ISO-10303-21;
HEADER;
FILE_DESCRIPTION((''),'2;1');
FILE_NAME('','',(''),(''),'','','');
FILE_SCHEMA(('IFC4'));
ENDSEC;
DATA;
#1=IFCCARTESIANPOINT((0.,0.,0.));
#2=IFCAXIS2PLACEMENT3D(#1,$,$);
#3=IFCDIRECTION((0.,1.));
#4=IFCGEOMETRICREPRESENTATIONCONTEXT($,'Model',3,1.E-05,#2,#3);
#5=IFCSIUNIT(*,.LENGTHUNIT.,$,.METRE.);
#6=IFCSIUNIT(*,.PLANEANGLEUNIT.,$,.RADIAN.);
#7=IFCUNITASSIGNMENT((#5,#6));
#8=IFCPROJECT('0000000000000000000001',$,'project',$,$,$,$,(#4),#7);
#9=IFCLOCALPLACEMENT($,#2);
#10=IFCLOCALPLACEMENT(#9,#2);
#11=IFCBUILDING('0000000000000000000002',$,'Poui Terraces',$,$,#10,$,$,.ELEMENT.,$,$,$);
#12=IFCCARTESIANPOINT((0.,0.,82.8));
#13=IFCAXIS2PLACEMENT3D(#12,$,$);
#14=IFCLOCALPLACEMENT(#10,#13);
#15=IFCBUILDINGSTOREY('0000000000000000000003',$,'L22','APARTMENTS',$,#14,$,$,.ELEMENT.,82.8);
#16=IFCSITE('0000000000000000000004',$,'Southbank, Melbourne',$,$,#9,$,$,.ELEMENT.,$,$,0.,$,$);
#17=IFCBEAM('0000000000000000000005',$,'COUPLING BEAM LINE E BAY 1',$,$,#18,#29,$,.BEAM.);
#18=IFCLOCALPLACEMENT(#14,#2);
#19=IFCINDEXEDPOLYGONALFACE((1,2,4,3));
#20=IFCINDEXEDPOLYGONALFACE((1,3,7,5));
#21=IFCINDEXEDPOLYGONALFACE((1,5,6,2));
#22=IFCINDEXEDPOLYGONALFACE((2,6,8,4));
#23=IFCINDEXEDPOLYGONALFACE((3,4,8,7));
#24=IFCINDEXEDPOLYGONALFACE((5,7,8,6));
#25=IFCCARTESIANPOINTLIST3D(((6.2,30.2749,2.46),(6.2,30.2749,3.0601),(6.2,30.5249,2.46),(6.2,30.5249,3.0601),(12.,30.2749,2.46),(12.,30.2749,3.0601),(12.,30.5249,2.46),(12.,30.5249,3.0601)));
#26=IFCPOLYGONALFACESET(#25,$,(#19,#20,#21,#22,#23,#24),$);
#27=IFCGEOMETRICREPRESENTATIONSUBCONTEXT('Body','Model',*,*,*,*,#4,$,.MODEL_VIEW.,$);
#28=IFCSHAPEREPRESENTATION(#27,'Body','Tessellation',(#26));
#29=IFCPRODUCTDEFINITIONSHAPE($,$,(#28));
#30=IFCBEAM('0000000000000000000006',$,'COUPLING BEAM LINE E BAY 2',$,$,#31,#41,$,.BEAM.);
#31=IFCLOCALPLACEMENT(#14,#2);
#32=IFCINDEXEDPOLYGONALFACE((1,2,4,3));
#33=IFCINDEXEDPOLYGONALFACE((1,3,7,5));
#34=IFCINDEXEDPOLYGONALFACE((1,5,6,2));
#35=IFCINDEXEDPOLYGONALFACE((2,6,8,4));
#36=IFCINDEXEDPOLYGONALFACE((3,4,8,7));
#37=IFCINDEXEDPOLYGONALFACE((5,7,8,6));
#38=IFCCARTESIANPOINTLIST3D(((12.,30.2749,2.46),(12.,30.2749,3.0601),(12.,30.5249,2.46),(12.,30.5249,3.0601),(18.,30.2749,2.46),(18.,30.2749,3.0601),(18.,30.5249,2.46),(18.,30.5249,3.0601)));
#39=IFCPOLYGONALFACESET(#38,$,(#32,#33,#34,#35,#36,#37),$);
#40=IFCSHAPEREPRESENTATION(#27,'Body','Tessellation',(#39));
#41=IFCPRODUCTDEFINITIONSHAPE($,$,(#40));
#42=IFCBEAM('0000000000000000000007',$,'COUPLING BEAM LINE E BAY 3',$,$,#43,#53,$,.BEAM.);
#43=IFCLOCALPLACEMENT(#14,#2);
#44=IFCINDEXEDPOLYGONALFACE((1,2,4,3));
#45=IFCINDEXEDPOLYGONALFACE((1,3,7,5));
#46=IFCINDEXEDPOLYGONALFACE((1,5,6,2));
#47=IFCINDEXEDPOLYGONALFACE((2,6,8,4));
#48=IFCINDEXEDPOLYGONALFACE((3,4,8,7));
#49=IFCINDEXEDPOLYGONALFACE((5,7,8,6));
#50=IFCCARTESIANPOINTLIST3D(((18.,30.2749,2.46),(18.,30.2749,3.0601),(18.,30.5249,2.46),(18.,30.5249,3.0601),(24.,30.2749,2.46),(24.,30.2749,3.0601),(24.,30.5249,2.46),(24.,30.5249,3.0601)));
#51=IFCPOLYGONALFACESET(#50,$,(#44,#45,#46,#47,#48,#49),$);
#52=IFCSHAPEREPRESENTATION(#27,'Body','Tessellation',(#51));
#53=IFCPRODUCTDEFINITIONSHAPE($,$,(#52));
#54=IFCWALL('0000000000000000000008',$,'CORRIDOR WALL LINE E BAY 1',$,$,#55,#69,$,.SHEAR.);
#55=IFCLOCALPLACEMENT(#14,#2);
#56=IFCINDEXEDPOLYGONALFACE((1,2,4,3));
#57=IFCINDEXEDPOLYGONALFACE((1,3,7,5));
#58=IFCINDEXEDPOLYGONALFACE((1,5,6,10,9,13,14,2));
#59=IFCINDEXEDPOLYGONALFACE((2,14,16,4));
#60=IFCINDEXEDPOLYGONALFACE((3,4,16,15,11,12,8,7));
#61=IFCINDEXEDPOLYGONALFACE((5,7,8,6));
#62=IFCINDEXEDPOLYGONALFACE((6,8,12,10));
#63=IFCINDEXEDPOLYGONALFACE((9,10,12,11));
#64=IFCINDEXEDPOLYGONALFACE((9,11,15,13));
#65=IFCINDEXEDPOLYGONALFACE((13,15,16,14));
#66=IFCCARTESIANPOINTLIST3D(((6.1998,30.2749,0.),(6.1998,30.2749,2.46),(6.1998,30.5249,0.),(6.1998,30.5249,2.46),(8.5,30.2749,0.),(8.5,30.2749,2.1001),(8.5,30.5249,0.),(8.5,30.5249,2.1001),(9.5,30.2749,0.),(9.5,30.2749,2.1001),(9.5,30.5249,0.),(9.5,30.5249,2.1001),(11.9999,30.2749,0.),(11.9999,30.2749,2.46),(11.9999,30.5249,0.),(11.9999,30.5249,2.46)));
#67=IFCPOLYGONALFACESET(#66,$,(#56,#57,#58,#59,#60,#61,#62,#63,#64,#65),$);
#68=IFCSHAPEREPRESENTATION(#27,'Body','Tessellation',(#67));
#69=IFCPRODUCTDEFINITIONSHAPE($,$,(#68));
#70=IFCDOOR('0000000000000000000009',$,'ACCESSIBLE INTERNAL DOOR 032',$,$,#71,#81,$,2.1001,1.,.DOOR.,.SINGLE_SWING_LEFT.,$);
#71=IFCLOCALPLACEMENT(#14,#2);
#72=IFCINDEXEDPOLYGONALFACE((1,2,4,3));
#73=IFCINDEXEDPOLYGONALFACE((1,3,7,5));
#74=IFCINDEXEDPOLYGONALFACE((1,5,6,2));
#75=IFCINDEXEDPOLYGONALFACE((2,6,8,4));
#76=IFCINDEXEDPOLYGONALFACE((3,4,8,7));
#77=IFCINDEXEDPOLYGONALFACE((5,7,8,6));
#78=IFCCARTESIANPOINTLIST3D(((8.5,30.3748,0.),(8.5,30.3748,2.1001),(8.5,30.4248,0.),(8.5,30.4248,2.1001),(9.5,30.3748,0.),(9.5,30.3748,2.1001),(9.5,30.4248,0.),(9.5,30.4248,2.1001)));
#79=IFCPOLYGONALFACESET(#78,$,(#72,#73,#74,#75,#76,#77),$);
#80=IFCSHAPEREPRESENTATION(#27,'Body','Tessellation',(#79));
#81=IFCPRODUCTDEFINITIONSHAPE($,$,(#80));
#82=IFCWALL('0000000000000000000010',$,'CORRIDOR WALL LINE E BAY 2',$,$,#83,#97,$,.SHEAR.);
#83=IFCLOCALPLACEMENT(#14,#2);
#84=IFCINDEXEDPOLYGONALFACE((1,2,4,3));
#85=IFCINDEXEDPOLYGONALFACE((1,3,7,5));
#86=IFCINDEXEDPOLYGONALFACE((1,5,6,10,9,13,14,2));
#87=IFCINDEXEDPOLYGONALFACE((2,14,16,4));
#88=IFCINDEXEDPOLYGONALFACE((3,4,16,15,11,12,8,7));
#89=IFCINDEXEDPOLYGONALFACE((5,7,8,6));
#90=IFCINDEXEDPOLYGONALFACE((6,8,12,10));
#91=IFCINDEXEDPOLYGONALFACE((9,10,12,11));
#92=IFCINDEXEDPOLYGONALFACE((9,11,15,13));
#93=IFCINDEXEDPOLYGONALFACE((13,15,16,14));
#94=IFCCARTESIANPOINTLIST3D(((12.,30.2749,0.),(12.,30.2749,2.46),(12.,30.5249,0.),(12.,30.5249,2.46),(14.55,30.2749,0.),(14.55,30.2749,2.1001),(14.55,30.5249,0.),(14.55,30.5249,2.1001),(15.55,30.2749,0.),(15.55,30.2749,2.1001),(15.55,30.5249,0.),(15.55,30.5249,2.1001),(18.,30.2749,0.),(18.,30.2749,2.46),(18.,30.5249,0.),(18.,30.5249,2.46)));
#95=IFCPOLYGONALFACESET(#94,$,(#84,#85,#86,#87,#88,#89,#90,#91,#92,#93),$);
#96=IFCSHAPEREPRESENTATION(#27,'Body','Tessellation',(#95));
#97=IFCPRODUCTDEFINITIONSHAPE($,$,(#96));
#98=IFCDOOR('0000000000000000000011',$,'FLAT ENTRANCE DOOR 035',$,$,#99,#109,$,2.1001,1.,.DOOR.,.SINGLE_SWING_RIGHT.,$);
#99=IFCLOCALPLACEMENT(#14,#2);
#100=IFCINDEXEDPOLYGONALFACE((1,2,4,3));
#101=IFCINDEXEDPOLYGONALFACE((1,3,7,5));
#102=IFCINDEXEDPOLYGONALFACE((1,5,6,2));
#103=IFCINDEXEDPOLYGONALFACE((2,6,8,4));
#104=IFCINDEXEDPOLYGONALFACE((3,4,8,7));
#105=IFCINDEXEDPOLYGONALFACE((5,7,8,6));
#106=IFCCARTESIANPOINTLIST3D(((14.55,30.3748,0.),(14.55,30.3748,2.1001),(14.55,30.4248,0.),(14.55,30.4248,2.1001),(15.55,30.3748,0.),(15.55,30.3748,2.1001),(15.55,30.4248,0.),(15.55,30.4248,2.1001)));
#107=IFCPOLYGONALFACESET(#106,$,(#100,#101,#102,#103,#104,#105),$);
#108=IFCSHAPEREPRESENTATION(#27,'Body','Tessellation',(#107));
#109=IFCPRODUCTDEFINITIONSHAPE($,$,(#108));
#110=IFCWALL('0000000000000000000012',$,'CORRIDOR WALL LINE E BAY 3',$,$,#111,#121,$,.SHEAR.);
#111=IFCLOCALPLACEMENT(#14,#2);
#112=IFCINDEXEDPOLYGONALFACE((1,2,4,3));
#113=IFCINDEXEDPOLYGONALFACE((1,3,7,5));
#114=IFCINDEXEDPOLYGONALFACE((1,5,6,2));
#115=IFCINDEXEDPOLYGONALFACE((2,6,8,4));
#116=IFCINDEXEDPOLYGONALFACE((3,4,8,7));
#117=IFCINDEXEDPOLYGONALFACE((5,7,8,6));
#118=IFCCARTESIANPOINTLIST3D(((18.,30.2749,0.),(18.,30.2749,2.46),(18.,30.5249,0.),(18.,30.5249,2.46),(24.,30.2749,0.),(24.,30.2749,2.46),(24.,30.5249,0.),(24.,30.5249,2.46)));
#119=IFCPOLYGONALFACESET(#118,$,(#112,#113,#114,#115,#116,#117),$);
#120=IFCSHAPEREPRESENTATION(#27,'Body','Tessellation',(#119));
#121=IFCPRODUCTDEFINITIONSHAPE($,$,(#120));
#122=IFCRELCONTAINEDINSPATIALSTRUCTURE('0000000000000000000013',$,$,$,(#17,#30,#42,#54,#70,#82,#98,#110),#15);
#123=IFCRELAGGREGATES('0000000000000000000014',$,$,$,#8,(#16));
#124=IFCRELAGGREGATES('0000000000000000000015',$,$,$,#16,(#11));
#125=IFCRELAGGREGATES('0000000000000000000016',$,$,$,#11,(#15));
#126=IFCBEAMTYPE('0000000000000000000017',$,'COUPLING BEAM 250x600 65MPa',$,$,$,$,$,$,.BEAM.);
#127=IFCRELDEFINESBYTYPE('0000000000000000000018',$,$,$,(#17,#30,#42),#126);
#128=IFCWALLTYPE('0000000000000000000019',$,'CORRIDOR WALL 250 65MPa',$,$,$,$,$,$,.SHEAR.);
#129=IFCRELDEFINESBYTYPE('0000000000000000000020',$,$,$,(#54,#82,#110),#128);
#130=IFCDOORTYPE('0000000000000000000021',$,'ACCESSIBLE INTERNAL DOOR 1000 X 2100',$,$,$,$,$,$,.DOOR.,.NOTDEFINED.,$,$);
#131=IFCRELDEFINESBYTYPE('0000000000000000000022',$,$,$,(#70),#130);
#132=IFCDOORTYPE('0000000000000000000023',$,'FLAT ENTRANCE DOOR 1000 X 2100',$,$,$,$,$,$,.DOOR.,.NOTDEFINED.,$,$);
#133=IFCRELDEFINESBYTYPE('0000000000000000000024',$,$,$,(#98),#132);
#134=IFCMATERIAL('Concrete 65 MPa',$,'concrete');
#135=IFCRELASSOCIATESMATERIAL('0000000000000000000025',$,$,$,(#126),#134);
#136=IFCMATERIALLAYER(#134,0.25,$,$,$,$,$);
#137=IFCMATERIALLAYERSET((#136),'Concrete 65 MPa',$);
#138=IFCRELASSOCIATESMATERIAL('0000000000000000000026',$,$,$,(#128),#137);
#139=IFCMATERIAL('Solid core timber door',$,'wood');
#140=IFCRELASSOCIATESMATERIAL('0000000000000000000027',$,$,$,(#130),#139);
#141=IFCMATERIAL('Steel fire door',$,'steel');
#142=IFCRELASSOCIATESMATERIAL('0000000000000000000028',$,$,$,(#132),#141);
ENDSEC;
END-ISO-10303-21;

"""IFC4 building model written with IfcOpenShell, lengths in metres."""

from ifc_helpers import new_model, si_unit, direction, frame, frame_2d, origin, origin_2d, place, context, subcontext, project, spatial, rectangle, extrude, source, transform, mapped, material, layer, layer_set, material_profile, profile_set, type_object, element, fill, save


model = new_model("IFC4")

# Units and contexts
model_context = context("Model", 3, precision=1e-05, world=origin(), true_north=direction((0.0, 1.0)))
body_context = subcontext(model_context, "Body", "Model", "MODEL_VIEW")
ifc_project = project(units=[si_unit("LENGTHUNIT", "METRE"), si_unit("PLANEANGLEUNIT", "RADIAN")], contexts=[model_context])

# Site, building, storey
site_placement = place(None, origin())
site = spatial("IfcSite", under=ifc_project, at=site_placement, Name="Southbank, Melbourne", CompositionType="ELEMENT", RefElevation=0.0)
building_placement = place(site_placement, origin())
building = spatial("IfcBuilding", under=site, at=building_placement, Name="Poui Terraces", CompositionType="ELEMENT")
storey_placement = place(building_placement, frame((0.0, 0.0, 82.8)))
storey = spatial("IfcBuildingStorey", under=building, at=storey_placement, Name="L22", Description="APARTMENTS", CompositionType="ELEMENT", Elevation=82.8)

# Beams
ifc_material_1 = material(Name="Concrete 65 MPa", Category="concrete")
ifc_material_profile = material_profile(ifc_material_1, rectangle(XDim=0.25, YDim=0.6001, at=origin_2d()), Name="RC 250x600")
ifc_profile_set = profile_set([ifc_material_profile], Name="Concrete 65 MPa")
beam_type = type_object("IfcBeamType", Name="COUPLING BEAM 250x600 65MPa", PredefinedType="BEAM", material=ifc_profile_set)
shared_shape_1 = source(origin(), body_context, "Body", "SweptSolid", [
    extrude(rectangle(XDim=0.25, YDim=0.6001, at=origin_2d()), origin(), (0.0, 0.0, 1.0), 5.8),
])
beam_placement = place(storey_placement, frame((6.2, 30.3999, 2.76), z_axis=(1.0, 0.0, 0.0), x_axis=(0.0, 1.0, 0.0)))
element("IfcBeam", 1, at=beam_placement, inside=storey, type_object=beam_type, Name="COUPLING BEAM LINE E BAY 1", PredefinedType="BEAM", context=body_context, shape_type="MappedRepresentation", body=[
    mapped(shared_shape_1, transform((0.0, 0.0, 0.0))),
])
shared_shape_2 = source(origin(), body_context, "Body", "SweptSolid", [
    extrude(rectangle(XDim=0.25, YDim=0.6001, at=origin_2d()), origin(), (0.0, 0.0, 1.0), 6.0),
])
for number, where, z_axis, x_axis, name in (
    (2, (12.0, 30.3999, 2.76), (1.0, 0.0, 0.0), (0.0, 1.0, 0.0), "COUPLING BEAM LINE E BAY 2"),
    (3, (18.0, 30.3999, 2.76), (1.0, 0.0, 0.0), (0.0, 1.0, 0.0), "COUPLING BEAM LINE E BAY 3"),
):
    element("IfcBeam", number, at=place(storey_placement, frame(where, z_axis=z_axis, x_axis=x_axis)), inside=storey, type_object=beam_type, Name=name, PredefinedType="BEAM", context=body_context, shape_type="MappedRepresentation", body=[
        mapped(shared_shape_2, transform((0.0, 0.0, 0.0))),
    ])

# Walls, openings, doors
ifc_layer = layer(ifc_material_1, 0.25)
ifc_layer_set = layer_set([ifc_layer], Name="Concrete 65 MPa")
wall_type = type_object("IfcWallType", Name="CORRIDOR WALL 250 65MPa", PredefinedType="SHEAR", material=ifc_layer_set)
wall_1_placement = place(storey_placement, frame((6.2, 30.3999, 0.0), z_axis=(0.0, 0.0, 1.0), x_axis=(1.0, 0.0, 0.0)))
wall_1 = element("IfcWall", 4, at=wall_1_placement, inside=storey, type_object=wall_type, Name="CORRIDOR WALL LINE E BAY 1", PredefinedType="SHEAR", context=body_context, shape_type="SweptSolid", body=[
    extrude(rectangle(XDim=5.8, YDim=0.25, at=frame_2d((2.8999, 0.0))), origin(), (0.0, 0.0, 1.0), 2.46),
])
opening_1_placement = place(wall_1_placement, frame((2.3, 0.0, 0.0)))
opening_1 = element("IfcOpeningElement", 5, at=opening_1_placement, cuts=wall_1, PredefinedType="OPENING", context=body_context, shape_type="SweptSolid", body=[
    extrude(rectangle(XDim=1.0, YDim=2.1001, at=frame_2d((0.5, 1.05))), frame((0.0, 0.135, 0.0), z_axis=(0.0, -1.0, 0.0), x_axis=(1.0, 0.0, 0.0)), (0.0, 0.0, 1.0), 0.27),
])
ifc_material_2 = material(Name="Solid core timber door", Category="wood")
door_type_1 = type_object("IfcDoorType", Name="ACCESSIBLE INTERNAL DOOR 1000 X 2100", OperationType="NOTDEFINED", PredefinedType="DOOR", material=ifc_material_2)
door_1_placement = place(opening_1_placement, origin())
door_1 = element("IfcDoor", 6, at=door_1_placement, inside=storey, type_object=door_type_1, Name="ACCESSIBLE INTERNAL DOOR 032", OperationType="SINGLE_SWING_LEFT", OverallHeight=2.1001, OverallWidth=1.0, PredefinedType="DOOR", context=body_context, shape_type="SweptSolid", body=[
    extrude(rectangle(XDim=1.0, YDim=2.1001, at=frame_2d((0.5, 1.05))), frame((0.0, 0.0249, 0.0), z_axis=(0.0, -1.0, 0.0), x_axis=(1.0, 0.0, 0.0)), (0.0, 0.0, 1.0), 0.05),
])
fill(opening_1, door_1)
wall_2_placement = place(storey_placement, frame((12.0, 30.3999, 0.0), z_axis=(0.0, 0.0, 1.0), x_axis=(1.0, 0.0, 0.0)))
wall_2 = element("IfcWall", 7, at=wall_2_placement, inside=storey, type_object=wall_type, Name="CORRIDOR WALL LINE E BAY 2", PredefinedType="SHEAR", context=body_context, shape_type="SweptSolid", body=[
    extrude(rectangle(XDim=6.0, YDim=0.25, at=frame_2d((3.0, 0.0))), origin(), (0.0, 0.0, 1.0), 2.46),
])
opening_2_placement = place(wall_2_placement, frame((2.55, 0.0, 0.0)))
opening_2 = element("IfcOpeningElement", 8, at=opening_2_placement, cuts=wall_2, PredefinedType="OPENING", context=body_context, shape_type="SweptSolid", body=[
    extrude(rectangle(XDim=1.0, YDim=2.1001, at=frame_2d((0.5, 1.05))), frame((0.0, 0.135, 0.0), z_axis=(0.0, -1.0, 0.0), x_axis=(1.0, 0.0, 0.0)), (0.0, 0.0, 1.0), 0.27),
])
ifc_material_3 = material(Name="Steel fire door", Category="steel")
door_type_2 = type_object("IfcDoorType", Name="FLAT ENTRANCE DOOR 1000 X 2100", OperationType="NOTDEFINED", PredefinedType="DOOR", material=ifc_material_3)
door_2_placement = place(opening_2_placement, origin())
door_2 = element("IfcDoor", 9, at=door_2_placement, inside=storey, type_object=door_type_2, Name="FLAT ENTRANCE DOOR 035", OperationType="SINGLE_SWING_RIGHT", OverallHeight=2.1001, OverallWidth=1.0, PredefinedType="DOOR", context=body_context, shape_type="SweptSolid", body=[
    extrude(rectangle(XDim=1.0, YDim=2.1001, at=frame_2d((0.5, 1.05))), frame((0.0, 0.0249, 0.0), z_axis=(0.0, -1.0, 0.0), x_axis=(1.0, 0.0, 0.0)), (0.0, 0.0, 1.0), 0.05),
])
fill(opening_2, door_2)

# Wall
wall_3_placement = place(storey_placement, frame((18.0, 30.3999, 0.0), z_axis=(0.0, 0.0, 1.0), x_axis=(1.0, 0.0, 0.0)))
element("IfcWall", 10, at=wall_3_placement, inside=storey, type_object=wall_type, Name="CORRIDOR WALL LINE E BAY 3", PredefinedType="SHEAR", context=body_context, shape_type="SweptSolid", body=[
    extrude(rectangle(XDim=6.0, YDim=0.25, at=frame_2d((3.0, 0.0))), origin(), (0.0, 0.0, 1.0), 2.46),
])

save(model, "model.ifc")
